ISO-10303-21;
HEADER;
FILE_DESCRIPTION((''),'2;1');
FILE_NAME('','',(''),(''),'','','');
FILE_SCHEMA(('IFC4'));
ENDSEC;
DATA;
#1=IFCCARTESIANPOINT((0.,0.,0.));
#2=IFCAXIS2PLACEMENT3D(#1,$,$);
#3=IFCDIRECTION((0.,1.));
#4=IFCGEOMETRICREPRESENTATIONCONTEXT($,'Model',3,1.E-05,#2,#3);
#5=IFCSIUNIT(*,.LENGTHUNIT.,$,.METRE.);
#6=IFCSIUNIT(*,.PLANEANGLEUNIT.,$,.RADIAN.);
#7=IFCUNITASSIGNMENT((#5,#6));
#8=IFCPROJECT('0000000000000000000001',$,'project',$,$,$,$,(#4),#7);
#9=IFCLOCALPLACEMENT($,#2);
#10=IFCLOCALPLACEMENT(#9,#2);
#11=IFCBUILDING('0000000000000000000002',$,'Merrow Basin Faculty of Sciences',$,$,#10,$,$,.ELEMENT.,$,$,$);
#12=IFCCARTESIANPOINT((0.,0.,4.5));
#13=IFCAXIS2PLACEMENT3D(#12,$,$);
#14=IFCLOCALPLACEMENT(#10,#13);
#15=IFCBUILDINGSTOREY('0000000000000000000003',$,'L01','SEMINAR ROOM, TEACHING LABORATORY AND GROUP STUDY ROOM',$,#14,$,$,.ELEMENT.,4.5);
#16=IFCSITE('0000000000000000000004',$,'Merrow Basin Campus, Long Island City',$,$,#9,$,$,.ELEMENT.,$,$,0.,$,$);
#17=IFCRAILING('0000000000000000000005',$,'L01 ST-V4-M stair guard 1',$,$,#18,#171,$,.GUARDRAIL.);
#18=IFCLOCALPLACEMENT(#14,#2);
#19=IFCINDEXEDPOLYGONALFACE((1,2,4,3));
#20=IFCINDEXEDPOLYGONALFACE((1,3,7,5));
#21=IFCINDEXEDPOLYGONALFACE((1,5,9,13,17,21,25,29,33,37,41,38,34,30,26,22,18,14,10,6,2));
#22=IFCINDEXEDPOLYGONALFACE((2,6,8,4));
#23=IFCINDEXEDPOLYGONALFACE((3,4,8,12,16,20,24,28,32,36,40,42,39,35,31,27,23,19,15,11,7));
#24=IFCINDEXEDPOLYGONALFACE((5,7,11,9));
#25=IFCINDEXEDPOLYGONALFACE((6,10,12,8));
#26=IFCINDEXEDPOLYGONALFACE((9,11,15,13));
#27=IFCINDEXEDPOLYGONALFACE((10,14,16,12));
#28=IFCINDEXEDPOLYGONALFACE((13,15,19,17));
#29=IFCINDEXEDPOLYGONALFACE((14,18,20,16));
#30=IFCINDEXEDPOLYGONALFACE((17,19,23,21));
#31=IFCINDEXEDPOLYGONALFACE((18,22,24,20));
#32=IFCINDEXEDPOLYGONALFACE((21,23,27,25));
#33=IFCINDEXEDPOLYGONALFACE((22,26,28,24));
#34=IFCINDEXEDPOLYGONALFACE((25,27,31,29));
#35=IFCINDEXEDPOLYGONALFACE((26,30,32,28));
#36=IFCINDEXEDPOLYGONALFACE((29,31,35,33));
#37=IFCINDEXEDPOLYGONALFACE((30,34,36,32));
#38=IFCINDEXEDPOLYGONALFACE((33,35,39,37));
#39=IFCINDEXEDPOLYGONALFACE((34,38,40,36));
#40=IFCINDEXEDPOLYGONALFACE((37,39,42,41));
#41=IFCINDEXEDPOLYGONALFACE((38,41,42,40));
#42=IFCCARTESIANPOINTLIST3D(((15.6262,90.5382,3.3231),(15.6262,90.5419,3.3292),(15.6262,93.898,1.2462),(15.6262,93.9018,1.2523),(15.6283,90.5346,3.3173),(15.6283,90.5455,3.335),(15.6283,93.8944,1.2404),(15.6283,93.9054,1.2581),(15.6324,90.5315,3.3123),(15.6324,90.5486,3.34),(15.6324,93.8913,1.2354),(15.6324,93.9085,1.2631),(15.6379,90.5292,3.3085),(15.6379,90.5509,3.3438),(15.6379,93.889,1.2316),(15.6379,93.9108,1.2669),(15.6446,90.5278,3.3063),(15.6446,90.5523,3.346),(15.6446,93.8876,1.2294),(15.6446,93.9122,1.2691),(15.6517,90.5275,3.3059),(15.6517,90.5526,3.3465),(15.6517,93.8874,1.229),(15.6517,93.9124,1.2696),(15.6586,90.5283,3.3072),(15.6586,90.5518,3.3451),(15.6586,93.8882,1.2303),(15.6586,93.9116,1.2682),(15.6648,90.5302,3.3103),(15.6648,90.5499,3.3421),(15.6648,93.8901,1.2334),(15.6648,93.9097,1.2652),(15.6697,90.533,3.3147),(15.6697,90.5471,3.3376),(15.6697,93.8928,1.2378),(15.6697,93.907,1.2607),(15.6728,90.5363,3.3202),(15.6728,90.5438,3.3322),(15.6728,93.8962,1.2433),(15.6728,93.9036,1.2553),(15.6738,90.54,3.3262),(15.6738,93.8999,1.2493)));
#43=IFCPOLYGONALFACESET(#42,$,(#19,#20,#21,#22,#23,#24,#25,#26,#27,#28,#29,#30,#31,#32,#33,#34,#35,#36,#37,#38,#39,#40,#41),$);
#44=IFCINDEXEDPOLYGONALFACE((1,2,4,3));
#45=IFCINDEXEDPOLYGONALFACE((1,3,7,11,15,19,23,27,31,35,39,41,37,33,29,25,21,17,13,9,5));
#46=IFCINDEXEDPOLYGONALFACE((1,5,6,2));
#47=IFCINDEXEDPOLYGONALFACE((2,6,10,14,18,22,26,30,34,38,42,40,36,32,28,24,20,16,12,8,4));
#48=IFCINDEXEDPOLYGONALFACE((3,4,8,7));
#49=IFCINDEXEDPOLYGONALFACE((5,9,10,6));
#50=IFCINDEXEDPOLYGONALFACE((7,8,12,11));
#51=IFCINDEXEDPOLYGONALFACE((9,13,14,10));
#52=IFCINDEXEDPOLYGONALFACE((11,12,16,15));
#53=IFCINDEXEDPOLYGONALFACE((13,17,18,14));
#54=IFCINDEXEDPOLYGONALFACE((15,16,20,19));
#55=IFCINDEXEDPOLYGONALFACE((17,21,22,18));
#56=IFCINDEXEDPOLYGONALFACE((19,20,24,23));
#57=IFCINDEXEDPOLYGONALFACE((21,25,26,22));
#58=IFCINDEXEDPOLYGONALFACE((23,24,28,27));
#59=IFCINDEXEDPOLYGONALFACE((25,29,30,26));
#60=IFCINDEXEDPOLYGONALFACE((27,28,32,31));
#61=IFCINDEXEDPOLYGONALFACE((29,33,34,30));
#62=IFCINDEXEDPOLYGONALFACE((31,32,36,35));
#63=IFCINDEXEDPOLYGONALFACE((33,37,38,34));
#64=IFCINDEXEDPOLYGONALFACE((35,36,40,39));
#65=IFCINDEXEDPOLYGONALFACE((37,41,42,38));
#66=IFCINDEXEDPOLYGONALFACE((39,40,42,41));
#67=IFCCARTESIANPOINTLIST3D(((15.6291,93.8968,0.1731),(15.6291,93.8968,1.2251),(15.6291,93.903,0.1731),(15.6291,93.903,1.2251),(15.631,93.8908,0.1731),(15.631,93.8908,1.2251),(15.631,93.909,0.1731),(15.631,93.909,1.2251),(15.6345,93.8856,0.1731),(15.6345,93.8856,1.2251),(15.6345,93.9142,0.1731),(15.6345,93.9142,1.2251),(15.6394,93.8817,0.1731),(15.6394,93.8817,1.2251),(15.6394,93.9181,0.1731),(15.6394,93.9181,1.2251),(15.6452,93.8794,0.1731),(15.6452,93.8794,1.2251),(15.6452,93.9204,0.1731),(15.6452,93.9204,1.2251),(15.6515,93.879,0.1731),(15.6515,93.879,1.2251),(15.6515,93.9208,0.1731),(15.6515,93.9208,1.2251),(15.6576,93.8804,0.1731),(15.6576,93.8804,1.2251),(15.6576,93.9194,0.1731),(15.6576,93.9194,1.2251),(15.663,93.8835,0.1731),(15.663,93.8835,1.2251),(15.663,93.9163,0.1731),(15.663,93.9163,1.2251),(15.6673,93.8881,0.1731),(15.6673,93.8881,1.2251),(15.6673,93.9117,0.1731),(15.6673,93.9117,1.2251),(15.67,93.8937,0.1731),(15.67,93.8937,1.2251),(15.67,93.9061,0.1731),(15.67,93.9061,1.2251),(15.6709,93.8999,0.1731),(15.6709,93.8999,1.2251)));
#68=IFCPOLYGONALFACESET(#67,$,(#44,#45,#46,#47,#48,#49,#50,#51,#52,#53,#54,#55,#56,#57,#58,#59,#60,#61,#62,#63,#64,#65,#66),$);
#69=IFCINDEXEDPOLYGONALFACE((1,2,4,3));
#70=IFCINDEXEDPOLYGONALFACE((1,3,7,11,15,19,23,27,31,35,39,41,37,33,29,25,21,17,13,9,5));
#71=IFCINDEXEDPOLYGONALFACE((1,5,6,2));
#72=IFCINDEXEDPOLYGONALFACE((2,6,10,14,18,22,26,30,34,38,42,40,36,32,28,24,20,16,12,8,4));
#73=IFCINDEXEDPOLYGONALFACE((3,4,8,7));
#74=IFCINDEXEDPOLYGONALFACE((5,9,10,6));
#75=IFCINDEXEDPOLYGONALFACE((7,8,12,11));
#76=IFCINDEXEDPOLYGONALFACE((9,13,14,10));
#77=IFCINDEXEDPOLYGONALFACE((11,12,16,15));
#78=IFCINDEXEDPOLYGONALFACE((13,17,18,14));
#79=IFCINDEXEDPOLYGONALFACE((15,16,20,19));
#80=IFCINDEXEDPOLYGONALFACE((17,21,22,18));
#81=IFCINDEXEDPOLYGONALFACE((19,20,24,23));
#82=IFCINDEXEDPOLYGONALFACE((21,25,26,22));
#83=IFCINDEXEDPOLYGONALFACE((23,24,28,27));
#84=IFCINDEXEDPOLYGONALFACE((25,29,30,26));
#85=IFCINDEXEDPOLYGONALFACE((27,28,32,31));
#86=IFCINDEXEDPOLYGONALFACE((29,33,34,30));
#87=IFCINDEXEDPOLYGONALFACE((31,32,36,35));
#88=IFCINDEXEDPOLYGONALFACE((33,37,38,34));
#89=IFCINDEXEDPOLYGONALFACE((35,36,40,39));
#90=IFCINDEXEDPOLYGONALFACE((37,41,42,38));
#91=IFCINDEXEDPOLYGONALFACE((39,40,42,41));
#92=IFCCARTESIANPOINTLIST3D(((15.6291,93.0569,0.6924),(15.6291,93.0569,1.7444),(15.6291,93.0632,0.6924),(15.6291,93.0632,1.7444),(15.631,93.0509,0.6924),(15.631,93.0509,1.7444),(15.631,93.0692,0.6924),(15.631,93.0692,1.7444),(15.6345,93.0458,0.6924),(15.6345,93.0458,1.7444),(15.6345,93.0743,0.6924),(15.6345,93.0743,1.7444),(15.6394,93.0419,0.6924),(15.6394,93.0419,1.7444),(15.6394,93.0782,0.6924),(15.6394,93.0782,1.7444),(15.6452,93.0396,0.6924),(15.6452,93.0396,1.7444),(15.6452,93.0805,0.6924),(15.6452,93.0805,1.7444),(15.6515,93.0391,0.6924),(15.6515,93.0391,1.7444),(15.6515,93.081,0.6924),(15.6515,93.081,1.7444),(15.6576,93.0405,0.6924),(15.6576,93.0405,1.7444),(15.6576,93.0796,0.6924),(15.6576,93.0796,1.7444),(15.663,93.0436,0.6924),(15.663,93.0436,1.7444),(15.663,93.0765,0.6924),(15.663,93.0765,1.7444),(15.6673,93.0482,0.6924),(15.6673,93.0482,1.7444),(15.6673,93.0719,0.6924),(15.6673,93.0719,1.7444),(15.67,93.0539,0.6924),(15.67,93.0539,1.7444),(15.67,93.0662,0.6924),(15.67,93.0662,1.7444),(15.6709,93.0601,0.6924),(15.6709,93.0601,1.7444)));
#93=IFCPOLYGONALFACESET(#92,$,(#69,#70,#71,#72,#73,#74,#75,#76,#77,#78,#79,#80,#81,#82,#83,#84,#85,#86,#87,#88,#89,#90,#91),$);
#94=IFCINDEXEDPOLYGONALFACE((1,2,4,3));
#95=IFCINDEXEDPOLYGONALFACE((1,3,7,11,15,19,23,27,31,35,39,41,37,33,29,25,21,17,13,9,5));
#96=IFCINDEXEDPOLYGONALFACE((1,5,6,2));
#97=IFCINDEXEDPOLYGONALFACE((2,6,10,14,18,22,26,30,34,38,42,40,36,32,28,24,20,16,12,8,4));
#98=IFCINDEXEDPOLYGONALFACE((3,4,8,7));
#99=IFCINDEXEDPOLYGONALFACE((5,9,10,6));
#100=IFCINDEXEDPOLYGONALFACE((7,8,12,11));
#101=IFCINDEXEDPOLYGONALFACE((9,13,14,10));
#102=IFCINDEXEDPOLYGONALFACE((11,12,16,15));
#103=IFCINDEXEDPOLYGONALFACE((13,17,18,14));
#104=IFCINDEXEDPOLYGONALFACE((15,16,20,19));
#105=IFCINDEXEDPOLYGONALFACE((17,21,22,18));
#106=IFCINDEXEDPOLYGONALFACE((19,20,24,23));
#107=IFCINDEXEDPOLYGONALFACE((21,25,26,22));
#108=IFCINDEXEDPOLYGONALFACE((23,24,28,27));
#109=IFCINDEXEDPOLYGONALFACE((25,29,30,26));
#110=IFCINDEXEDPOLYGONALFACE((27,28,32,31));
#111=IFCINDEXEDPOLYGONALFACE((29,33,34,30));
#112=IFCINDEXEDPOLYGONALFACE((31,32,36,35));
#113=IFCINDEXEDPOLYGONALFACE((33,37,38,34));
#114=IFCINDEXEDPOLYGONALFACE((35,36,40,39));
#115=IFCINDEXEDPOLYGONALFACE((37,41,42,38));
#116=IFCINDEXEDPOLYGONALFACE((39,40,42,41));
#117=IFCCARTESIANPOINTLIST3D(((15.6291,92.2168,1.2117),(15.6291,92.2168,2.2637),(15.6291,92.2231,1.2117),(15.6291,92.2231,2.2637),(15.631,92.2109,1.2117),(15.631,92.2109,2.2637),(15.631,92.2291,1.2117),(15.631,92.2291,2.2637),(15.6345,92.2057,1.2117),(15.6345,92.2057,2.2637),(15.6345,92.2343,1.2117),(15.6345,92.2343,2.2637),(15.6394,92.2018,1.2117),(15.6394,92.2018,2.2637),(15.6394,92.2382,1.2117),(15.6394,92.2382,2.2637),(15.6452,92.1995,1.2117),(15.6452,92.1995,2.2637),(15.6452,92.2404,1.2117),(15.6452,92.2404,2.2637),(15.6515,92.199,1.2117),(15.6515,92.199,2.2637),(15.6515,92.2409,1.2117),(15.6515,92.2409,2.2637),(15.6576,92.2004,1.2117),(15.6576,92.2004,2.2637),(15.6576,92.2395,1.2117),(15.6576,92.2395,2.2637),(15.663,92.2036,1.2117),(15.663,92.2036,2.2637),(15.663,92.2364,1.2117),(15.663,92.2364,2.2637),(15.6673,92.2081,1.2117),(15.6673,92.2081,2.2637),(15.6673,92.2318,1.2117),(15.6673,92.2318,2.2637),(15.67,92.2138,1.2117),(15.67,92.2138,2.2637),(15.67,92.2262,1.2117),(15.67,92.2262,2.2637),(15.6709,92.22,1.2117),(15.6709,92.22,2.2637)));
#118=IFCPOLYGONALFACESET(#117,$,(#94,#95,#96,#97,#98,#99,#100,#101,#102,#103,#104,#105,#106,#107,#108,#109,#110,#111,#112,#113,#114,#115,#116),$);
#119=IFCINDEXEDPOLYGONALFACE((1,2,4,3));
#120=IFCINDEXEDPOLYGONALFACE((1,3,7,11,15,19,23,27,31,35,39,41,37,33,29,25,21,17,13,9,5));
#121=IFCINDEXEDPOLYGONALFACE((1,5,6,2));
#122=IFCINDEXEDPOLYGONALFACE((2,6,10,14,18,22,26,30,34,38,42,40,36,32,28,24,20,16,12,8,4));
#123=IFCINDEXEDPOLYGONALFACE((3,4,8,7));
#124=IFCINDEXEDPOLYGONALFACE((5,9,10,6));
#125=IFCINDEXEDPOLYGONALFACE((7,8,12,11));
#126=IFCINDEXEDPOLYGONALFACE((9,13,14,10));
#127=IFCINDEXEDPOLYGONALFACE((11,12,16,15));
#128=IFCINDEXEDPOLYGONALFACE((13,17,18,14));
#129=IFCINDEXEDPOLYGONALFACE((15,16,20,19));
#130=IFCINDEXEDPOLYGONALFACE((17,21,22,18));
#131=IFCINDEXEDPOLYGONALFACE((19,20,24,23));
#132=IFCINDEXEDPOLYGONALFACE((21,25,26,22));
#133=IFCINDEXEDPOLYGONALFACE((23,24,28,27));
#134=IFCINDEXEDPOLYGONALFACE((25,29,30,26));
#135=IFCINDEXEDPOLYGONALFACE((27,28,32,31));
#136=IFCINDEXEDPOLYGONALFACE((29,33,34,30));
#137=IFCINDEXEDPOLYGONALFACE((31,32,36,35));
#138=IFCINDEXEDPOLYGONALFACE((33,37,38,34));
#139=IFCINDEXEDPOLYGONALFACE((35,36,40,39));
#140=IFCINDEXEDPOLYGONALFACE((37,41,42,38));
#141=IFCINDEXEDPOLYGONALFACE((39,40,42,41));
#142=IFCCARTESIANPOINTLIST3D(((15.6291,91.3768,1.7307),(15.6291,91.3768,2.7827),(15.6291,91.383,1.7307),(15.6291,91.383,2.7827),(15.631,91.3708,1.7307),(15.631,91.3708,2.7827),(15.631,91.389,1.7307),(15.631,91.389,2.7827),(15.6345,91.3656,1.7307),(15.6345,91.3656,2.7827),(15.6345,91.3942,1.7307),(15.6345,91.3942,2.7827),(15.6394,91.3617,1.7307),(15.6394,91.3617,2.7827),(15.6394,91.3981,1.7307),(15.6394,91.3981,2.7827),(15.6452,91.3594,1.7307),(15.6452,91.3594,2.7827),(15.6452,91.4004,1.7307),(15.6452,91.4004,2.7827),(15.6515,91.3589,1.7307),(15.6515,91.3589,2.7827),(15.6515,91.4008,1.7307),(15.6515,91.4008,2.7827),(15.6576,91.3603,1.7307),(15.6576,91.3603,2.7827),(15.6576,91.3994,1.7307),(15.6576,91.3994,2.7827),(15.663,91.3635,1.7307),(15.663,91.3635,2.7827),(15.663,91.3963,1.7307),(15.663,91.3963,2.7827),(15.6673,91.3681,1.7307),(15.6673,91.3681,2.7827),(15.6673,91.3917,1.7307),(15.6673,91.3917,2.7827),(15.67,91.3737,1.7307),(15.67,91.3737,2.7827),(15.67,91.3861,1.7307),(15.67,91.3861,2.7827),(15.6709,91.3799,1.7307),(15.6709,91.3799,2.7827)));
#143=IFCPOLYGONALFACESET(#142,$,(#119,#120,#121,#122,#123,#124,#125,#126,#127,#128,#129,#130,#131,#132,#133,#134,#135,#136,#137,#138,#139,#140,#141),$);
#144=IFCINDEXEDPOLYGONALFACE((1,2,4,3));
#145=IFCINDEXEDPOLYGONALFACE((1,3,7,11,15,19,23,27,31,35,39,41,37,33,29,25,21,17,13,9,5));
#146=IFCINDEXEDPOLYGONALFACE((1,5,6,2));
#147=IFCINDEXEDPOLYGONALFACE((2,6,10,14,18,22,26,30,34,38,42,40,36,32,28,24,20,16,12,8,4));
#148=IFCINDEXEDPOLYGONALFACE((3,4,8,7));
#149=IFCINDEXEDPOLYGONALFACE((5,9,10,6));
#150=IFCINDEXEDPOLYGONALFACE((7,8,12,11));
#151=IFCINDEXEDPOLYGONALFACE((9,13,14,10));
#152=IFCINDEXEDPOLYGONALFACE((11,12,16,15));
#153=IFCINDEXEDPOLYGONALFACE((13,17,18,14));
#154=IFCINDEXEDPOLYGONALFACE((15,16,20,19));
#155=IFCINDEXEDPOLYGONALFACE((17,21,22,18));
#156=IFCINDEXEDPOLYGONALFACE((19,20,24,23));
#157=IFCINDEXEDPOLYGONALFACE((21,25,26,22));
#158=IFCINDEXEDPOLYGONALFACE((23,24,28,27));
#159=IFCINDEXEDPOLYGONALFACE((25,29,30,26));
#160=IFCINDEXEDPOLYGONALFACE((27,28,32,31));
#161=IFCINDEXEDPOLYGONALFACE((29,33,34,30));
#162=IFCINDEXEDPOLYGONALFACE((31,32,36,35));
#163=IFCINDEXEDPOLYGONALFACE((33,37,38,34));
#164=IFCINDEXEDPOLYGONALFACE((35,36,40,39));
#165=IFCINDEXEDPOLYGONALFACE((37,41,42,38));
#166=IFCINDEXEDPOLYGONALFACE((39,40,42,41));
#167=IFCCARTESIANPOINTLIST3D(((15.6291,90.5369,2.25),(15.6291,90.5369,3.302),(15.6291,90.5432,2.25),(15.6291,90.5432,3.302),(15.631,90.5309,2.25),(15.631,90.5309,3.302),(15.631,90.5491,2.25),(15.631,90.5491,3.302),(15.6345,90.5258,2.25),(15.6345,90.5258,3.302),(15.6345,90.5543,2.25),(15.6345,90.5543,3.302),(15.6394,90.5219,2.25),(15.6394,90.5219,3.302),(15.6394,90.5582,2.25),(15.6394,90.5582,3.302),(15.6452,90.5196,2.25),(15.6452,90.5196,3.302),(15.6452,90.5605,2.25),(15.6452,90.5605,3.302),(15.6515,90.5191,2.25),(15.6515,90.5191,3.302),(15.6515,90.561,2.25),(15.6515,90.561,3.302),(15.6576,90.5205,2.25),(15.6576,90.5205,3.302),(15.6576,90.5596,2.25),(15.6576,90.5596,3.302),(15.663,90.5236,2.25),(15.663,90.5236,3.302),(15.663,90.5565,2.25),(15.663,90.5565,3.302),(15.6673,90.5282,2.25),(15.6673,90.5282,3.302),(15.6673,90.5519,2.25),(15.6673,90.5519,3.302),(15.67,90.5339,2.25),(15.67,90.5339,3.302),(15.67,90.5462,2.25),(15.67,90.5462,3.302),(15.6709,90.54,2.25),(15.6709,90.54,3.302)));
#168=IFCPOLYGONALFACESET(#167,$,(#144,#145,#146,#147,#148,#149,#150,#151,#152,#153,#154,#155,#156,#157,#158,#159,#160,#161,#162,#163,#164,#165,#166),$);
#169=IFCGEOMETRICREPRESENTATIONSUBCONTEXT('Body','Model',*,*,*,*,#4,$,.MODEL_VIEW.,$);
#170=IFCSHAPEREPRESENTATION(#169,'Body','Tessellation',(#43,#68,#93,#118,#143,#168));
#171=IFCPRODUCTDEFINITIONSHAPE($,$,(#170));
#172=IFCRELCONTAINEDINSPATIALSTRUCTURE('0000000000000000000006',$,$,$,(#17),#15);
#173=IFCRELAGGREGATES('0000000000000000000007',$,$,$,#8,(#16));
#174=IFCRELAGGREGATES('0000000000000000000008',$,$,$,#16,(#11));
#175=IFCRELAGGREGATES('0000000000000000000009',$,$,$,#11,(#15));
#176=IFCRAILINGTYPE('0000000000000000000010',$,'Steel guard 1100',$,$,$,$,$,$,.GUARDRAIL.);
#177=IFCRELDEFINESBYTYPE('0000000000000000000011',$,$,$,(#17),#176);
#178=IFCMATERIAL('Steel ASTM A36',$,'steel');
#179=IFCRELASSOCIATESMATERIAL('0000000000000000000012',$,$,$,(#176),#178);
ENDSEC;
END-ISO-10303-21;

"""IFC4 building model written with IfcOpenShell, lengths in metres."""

from ifc_helpers import new_model, si_unit, direction, frame, origin, origin_2d, place, context, subcontext, project, spatial, circle, extrude, material, type_object, element, save


model = new_model("IFC4")

# Units and contexts
model_context = context("Model", 3, precision=1e-05, world=origin(), true_north=direction((0.0, 1.0)))
body_context = subcontext(model_context, "Body", "Model", "MODEL_VIEW")
ifc_project = project(units=[si_unit("LENGTHUNIT", "METRE"), si_unit("PLANEANGLEUNIT", "RADIAN")], contexts=[model_context])

# Site, building, storey
site_placement = place(None, origin())
site = spatial("IfcSite", under=ifc_project, at=site_placement, Name="Merrow Basin Campus, Long Island City", CompositionType="ELEMENT", RefElevation=0.0)
building_placement = place(site_placement, origin())
building = spatial("IfcBuilding", under=site, at=building_placement, Name="Merrow Basin Faculty of Sciences", CompositionType="ELEMENT")
storey_placement = place(building_placement, frame((0.0, 0.0, 4.5)))
storey = spatial("IfcBuildingStorey", under=building, at=storey_placement, Name="L01", Description="SEMINAR ROOM, TEACHING LABORATORY AND GROUP STUDY ROOM", CompositionType="ELEMENT", Elevation=4.5)

# Railing
ifc_material_1 = material(Name="Steel ASTM A36", Category="steel")
railing_type_1 = type_object("IfcRailingType", Name="Steel guard 1100", PredefinedType="GUARDRAIL", material=ifc_material_1)
railing_1_placement = place(storey_placement, frame((15.6499, 93.8999, 0.1731)))
element("IfcRailing", 1, at=railing_1_placement, inside=storey, type_object=railing_type_1, Name="L01 ST-V4-M stair guard 1", PredefinedType="GUARDRAIL", context=body_context, shape_type="SweptSolid", body=[
    extrude(circle(Radius=0.0239, at=origin_2d()), frame((0.0, 0.0, 1.0762), z_axis=(0.0, -0.850606, 0.525803), x_axis=(1.0, 0.0, 0.0)), (0.0, 0.0, 1.0), 3.95),
    extrude(circle(Radius=0.021, at=origin_2d()), origin(), (0.0, 0.0, 1.0), 1.052),
    extrude(circle(Radius=0.021, at=origin_2d()), frame((0.0, -0.8398, 0.5193)), (0.0, 0.0, 1.0), 1.052),
    extrude(circle(Radius=0.021, at=origin_2d()), frame((0.0, -1.6799, 1.0386)), (0.0, 0.0, 1.0), 1.052),
    extrude(circle(Radius=0.021, at=origin_2d()), frame((0.0, -2.52, 1.5576)), (0.0, 0.0, 1.0), 1.052),
    extrude(circle(Radius=0.021, at=origin_2d()), frame((0.0, -3.3599, 2.0769)), (0.0, 0.0, 1.0), 1.052),
])

save(model, "model.ifc")
